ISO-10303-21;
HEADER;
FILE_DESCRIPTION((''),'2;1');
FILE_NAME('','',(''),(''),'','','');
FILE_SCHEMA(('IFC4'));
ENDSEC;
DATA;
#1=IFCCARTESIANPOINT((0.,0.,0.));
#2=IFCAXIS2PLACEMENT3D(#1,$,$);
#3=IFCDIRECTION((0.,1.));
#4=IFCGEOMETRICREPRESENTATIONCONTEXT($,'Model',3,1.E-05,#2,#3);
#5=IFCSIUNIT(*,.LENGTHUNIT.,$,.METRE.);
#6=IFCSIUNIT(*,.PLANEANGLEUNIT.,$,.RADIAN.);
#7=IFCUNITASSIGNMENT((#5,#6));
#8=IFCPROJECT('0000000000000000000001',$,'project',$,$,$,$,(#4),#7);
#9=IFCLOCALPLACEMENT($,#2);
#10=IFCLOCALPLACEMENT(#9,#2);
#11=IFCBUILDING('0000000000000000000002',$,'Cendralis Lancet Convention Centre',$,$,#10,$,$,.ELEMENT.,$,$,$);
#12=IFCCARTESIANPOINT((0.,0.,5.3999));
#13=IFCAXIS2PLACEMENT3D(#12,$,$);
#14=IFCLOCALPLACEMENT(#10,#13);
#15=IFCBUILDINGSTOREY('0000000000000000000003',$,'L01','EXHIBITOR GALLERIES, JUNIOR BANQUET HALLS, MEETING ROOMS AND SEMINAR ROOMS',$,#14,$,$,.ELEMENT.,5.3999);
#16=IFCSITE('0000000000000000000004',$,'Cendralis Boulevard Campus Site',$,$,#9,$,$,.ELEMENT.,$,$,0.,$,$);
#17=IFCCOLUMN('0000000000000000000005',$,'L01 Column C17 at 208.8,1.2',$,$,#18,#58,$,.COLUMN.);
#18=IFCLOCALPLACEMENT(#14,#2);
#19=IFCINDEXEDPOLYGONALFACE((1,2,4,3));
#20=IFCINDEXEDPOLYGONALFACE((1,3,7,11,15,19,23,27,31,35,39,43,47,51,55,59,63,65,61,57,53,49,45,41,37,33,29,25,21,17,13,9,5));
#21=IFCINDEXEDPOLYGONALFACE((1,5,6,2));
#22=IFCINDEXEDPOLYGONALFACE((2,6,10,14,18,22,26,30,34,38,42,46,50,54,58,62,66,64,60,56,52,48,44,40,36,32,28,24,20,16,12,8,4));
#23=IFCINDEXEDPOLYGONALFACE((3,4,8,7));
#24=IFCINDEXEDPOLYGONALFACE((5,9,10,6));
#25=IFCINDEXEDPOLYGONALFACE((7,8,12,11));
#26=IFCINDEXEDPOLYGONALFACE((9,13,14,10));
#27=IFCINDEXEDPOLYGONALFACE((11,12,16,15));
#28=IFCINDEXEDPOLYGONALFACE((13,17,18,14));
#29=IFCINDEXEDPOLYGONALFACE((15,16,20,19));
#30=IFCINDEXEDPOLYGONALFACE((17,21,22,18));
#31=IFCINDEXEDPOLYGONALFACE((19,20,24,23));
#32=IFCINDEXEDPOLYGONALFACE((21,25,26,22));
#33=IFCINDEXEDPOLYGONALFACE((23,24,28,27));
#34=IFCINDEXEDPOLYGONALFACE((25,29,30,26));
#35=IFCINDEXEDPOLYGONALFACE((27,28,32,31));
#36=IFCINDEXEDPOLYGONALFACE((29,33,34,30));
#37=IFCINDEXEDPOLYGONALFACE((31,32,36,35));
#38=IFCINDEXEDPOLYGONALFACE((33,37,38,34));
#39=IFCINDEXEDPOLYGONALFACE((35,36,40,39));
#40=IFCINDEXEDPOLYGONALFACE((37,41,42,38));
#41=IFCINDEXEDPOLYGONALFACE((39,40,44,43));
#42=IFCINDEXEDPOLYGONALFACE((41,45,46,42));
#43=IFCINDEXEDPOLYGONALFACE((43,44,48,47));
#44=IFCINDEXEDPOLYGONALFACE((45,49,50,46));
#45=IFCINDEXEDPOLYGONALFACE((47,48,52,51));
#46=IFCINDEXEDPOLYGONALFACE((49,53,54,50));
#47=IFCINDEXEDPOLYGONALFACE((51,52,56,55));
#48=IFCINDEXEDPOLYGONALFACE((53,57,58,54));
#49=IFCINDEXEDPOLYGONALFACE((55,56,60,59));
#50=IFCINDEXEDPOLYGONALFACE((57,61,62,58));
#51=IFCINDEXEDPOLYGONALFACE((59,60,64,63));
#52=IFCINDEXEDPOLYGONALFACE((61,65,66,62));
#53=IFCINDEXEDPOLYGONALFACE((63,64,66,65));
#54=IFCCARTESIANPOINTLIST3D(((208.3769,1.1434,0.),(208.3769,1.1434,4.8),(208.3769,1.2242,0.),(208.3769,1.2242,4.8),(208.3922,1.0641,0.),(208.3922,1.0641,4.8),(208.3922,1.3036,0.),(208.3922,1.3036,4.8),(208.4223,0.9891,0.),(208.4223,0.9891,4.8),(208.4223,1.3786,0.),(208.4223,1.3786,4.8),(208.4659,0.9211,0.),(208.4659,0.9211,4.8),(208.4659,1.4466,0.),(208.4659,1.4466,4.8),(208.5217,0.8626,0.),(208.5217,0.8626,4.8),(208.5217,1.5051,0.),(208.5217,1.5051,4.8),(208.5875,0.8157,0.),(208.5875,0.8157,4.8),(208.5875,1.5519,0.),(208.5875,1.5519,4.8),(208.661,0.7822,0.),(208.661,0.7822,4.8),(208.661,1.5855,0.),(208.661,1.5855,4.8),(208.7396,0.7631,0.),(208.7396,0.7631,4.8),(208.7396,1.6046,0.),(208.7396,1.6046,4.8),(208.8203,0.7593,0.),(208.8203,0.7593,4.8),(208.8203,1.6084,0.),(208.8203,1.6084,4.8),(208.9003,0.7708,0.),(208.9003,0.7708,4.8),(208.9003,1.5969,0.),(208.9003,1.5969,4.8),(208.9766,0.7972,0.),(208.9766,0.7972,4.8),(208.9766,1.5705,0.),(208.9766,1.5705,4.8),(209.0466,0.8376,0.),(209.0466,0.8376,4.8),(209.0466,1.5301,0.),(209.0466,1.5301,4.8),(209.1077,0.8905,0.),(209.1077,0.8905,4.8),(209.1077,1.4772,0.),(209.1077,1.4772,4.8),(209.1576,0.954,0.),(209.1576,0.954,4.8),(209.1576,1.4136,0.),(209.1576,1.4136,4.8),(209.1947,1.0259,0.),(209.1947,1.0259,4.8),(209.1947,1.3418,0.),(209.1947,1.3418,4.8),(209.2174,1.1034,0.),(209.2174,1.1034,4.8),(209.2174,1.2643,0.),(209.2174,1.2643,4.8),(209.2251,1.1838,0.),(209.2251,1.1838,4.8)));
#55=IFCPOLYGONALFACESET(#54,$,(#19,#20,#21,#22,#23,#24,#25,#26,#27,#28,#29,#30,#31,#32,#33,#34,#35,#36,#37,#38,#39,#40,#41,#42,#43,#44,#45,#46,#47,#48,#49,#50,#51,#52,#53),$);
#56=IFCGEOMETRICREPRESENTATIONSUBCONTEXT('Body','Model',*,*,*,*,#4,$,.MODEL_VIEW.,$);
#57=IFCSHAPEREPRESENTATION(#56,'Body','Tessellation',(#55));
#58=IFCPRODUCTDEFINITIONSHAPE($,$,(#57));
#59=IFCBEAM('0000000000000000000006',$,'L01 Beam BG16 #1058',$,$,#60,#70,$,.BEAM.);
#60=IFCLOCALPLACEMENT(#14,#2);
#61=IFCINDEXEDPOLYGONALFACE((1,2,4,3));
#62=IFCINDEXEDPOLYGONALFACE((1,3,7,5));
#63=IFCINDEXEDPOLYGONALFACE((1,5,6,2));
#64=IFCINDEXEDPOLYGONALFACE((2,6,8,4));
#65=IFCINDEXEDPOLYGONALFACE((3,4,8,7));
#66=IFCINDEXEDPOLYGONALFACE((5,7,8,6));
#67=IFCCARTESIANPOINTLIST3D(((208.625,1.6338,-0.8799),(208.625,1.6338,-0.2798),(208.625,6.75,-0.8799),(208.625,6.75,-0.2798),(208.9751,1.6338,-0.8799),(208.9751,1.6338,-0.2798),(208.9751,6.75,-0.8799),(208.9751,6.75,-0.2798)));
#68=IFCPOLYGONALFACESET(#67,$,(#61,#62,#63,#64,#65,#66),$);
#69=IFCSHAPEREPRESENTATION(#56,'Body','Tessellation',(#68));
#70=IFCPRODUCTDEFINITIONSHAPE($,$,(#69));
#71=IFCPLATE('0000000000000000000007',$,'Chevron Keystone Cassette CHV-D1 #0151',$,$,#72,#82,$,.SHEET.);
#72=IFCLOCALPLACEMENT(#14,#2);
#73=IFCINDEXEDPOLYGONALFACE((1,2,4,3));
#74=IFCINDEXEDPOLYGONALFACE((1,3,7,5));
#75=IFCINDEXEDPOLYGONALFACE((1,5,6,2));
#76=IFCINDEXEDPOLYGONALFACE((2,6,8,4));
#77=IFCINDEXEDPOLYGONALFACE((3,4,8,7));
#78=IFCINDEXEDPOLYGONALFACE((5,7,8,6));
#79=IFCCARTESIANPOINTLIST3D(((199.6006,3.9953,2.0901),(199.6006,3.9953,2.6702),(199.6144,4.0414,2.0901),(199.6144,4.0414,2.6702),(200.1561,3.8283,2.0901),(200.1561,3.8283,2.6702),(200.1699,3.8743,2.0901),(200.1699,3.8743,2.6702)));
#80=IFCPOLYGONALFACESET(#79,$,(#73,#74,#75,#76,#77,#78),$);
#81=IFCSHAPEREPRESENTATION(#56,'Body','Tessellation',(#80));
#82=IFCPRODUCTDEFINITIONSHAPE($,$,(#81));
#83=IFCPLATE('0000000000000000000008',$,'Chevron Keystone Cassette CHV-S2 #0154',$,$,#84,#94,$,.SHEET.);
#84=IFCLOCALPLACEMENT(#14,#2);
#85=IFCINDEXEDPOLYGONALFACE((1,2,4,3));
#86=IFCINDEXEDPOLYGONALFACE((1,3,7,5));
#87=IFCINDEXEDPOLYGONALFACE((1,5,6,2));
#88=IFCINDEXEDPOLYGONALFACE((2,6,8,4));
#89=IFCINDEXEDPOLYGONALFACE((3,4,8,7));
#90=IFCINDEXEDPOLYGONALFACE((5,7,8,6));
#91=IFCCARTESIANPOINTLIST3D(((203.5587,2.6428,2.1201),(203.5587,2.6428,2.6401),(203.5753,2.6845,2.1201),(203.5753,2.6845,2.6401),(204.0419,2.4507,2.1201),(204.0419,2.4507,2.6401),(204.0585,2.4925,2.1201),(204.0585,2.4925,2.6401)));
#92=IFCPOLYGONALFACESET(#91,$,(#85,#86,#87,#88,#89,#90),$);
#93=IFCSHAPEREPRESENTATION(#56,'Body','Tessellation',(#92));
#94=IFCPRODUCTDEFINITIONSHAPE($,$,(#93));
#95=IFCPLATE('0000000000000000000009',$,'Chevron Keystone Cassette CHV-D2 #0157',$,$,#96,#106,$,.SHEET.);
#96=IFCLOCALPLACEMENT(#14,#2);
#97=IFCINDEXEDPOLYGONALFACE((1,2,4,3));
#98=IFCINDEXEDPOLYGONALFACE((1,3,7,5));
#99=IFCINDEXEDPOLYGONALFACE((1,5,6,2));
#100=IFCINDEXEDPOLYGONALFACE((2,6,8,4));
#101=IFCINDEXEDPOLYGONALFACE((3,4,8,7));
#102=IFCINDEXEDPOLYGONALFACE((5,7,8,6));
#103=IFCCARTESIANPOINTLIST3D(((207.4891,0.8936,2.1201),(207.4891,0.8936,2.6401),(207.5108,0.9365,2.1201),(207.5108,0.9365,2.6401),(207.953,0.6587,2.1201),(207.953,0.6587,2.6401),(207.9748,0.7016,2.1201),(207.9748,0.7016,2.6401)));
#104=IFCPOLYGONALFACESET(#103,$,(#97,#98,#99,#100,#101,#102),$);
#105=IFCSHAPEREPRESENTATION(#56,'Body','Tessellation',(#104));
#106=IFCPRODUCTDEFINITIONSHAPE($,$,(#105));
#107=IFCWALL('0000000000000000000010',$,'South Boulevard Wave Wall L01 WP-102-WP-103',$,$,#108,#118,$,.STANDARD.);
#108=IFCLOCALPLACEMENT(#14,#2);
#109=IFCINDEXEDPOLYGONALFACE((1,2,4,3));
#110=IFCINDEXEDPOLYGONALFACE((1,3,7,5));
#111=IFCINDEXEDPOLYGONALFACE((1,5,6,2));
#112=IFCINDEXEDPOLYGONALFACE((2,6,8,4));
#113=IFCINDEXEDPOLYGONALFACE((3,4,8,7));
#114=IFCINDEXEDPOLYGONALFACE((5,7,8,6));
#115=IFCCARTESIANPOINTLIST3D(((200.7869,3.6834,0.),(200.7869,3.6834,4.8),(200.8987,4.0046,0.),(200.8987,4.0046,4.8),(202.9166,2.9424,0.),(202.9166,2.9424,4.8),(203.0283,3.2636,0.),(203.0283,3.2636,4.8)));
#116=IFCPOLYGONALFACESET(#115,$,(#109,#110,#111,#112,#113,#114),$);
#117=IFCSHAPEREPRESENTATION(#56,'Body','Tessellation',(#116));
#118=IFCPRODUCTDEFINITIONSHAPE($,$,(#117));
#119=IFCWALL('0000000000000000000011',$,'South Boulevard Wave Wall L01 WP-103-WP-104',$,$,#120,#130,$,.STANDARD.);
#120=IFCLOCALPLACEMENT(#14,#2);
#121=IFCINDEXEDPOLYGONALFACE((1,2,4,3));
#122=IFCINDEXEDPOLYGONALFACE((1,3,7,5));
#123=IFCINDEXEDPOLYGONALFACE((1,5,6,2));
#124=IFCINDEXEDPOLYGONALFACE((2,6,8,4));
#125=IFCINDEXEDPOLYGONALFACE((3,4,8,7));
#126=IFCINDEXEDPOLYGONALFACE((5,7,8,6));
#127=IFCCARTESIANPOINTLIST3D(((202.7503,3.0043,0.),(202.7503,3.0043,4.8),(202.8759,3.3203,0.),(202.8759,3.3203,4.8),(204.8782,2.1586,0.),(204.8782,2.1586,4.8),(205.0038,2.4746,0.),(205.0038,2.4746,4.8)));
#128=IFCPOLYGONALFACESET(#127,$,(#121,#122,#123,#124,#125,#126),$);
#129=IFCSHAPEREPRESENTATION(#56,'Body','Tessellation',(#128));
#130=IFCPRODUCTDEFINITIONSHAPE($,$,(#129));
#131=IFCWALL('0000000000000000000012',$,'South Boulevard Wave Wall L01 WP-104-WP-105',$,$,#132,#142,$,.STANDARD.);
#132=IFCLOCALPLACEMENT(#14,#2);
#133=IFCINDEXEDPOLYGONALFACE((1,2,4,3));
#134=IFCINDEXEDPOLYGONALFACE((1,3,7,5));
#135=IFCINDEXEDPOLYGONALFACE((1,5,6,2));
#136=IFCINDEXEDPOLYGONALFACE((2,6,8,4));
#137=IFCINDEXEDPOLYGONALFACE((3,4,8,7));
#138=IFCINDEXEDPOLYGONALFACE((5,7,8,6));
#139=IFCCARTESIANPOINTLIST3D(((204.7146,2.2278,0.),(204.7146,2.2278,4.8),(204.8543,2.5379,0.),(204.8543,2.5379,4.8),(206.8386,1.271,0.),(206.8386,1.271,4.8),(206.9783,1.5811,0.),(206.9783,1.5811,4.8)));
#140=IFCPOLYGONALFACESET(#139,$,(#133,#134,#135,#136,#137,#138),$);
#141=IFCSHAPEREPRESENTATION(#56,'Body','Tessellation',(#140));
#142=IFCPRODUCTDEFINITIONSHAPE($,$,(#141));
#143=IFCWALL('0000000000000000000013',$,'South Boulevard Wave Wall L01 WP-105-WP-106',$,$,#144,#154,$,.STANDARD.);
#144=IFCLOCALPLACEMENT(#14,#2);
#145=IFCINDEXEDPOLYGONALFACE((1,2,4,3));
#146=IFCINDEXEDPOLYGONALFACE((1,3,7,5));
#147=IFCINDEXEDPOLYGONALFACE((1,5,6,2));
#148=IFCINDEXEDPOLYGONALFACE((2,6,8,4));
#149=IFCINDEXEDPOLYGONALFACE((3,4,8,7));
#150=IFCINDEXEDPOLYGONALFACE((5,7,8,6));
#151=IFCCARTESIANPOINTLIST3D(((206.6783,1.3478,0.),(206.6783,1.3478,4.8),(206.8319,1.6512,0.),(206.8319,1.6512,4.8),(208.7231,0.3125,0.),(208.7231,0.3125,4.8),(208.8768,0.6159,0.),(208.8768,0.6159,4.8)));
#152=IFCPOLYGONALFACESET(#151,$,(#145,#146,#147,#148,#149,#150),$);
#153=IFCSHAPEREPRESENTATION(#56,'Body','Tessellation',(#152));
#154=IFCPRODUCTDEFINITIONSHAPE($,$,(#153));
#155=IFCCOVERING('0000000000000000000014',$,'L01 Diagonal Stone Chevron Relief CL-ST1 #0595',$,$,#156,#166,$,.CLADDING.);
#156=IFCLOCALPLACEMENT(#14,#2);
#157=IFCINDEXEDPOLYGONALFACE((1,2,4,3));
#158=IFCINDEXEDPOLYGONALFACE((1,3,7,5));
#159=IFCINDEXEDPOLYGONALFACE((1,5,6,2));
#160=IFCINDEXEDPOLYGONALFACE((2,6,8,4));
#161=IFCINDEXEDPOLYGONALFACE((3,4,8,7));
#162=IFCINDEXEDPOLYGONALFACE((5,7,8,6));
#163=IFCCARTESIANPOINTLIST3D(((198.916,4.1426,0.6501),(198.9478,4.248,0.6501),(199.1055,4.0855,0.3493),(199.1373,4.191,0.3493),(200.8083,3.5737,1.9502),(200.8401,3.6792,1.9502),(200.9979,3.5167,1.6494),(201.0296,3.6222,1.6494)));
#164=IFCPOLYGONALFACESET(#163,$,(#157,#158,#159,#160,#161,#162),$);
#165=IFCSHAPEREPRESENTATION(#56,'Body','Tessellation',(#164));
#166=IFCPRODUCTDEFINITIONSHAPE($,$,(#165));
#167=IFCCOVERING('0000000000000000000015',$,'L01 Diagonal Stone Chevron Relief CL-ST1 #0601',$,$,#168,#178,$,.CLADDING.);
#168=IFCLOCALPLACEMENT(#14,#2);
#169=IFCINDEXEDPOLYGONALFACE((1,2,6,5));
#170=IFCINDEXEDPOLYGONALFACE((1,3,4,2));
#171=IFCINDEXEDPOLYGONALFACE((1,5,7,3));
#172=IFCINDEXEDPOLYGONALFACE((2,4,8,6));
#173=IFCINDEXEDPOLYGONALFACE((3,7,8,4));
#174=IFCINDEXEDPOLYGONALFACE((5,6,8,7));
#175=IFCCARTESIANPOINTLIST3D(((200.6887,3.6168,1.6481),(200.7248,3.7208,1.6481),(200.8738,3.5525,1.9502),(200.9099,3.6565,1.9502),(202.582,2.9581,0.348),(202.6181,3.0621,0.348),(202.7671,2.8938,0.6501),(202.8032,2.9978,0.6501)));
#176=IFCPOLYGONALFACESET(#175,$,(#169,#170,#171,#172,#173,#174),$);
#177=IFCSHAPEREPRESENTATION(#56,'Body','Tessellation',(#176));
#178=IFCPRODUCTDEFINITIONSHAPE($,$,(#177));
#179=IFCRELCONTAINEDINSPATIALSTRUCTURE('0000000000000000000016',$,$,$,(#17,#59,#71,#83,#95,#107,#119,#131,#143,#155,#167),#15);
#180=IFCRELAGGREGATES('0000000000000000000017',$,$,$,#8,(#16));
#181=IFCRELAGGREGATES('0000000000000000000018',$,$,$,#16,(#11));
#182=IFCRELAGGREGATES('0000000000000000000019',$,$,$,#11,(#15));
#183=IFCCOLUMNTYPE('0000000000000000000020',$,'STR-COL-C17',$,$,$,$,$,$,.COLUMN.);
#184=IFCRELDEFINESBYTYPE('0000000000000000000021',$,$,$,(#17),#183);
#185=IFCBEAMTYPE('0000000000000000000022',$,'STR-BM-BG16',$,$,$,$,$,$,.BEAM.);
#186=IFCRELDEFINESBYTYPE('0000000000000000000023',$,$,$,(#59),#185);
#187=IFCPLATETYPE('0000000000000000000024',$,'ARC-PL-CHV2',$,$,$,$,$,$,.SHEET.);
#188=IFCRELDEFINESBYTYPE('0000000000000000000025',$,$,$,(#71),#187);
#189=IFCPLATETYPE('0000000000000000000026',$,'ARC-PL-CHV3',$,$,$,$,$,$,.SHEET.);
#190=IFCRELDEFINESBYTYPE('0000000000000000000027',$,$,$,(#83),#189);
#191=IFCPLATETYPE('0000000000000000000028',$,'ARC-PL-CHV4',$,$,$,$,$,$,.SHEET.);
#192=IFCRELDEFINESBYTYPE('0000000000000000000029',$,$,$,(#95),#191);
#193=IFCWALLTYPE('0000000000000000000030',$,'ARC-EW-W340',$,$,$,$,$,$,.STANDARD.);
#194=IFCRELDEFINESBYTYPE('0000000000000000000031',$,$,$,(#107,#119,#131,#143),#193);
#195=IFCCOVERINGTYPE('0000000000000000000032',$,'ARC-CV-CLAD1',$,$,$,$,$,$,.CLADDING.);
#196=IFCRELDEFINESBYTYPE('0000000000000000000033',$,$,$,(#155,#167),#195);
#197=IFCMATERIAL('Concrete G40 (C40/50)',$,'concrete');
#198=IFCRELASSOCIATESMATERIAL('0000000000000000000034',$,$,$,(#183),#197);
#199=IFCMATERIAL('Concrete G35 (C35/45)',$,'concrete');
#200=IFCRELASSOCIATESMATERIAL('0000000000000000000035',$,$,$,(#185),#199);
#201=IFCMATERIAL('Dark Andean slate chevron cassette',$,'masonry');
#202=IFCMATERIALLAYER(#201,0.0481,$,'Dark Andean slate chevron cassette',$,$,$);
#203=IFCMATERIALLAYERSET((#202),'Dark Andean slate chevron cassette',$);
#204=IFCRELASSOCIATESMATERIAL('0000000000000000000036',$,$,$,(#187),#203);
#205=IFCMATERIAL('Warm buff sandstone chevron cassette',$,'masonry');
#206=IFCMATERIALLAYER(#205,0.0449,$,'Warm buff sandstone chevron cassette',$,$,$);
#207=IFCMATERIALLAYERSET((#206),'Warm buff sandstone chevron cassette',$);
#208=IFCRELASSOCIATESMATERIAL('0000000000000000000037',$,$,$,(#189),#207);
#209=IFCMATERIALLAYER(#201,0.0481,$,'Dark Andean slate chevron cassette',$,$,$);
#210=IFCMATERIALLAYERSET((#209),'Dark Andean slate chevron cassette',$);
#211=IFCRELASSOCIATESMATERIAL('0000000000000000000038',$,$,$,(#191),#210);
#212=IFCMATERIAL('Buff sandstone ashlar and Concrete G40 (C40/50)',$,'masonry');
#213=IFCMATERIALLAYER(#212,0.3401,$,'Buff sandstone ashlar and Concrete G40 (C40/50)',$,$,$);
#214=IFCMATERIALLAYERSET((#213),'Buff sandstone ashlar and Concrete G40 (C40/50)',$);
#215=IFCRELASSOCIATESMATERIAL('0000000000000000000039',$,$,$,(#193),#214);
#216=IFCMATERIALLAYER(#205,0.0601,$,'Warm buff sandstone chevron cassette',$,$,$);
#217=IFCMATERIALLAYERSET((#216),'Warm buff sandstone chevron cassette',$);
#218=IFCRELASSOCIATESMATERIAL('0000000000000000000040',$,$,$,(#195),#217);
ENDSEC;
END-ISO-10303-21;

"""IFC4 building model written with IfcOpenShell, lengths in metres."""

from ifc_helpers import new_model, si_unit, direction, frame, frame_2d, origin, origin_2d, place, context, subcontext, project, spatial, polyline, rectangle, circle, outline, extrude, material, layer, layer_set, material_profile, profile_set, type_object, element, save


model = new_model("IFC4")

# Units and contexts
model_context = context("Model", 3, precision=1e-05, world=origin(), true_north=direction((0.0, 1.0)))
body_context = subcontext(model_context, "Body", "Model", "MODEL_VIEW")
ifc_project = project(units=[si_unit("LENGTHUNIT", "METRE"), si_unit("PLANEANGLEUNIT", "RADIAN")], contexts=[model_context])

# Site, building, storey
site_placement = place(None, origin())
site = spatial("IfcSite", under=ifc_project, at=site_placement, Name="Cendralis Boulevard Campus Site", CompositionType="ELEMENT", RefElevation=0.0)
building_placement = place(site_placement, origin())
building = spatial("IfcBuilding", under=site, at=building_placement, Name="Cendralis Lancet Convention Centre", CompositionType="ELEMENT")
storey_placement = place(building_placement, frame((0.0, 0.0, 5.3999)))
storey = spatial("IfcBuildingStorey", under=building, at=storey_placement, Name="L01", Description="EXHIBITOR GALLERIES, JUNIOR BANQUET HALLS, MEETING ROOMS AND SEMINAR ROOMS", CompositionType="ELEMENT", Elevation=5.3999)

# Column
ifc_material_1 = material(Name="Concrete G40 (C40/50)", Category="concrete")
ifc_material_profile_1 = material_profile(ifc_material_1, circle(Radius=0.425, at=origin_2d()), Name="RC D850")
ifc_profile_set_1 = profile_set([ifc_material_profile_1], Name="Concrete G40 (C40/50)")
column_type = type_object("IfcColumnType", Name="STR-COL-C17", PredefinedType="COLUMN", material=ifc_profile_set_1)
column_placement = place(storey_placement, frame((208.8, 1.1838, 0.0), z_axis=(0.0, 0.0, 1.0), x_axis=(1.0, 0.0, 0.0)))
element("IfcColumn", 1, at=column_placement, inside=storey, type_object=column_type, Name="L01 Column C17 at 208.8,1.2", PredefinedType="COLUMN", context=body_context, shape_type="SweptSolid", body=[
    extrude(circle(Radius=0.425, at=origin_2d()), origin(), (0.0, 0.0, 1.0), 4.8),
])

# Beam
ifc_material_2 = material(Name="Concrete G35 (C35/45)", Category="concrete")
ifc_material_profile_2 = material_profile(ifc_material_2, rectangle(XDim=0.3501, YDim=0.6001, at=origin_2d()), Name="RCB 350x600")
ifc_profile_set_2 = profile_set([ifc_material_profile_2], Name="Concrete G35 (C35/45)")
beam_type = type_object("IfcBeamType", Name="STR-BM-BG16", PredefinedType="BEAM", material=ifc_profile_set_2)
beam_placement = place(storey_placement, frame((208.8, 1.6338, -0.5798), z_axis=(0.0, 1.0, 0.0), x_axis=(-1.0, 0.0, 0.0)))
element("IfcBeam", 2, at=beam_placement, inside=storey, type_object=beam_type, Name="L01 Beam BG16 #1058", PredefinedType="BEAM", context=body_context, shape_type="SweptSolid", body=[
    extrude(rectangle(XDim=0.3501, YDim=0.6001, at=origin_2d()), origin(), (0.0, 0.0, 1.0), 5.1162),
])

# Plates
ifc_material_3 = material(Name="Dark Andean slate chevron cassette", Category="masonry")
ifc_layer_1 = layer(ifc_material_3, 0.0481, Name="Dark Andean slate chevron cassette")
ifc_layer_set_1 = layer_set([ifc_layer_1], Name="Dark Andean slate chevron cassette")
plate_type_1 = type_object("IfcPlateType", Name="ARC-PL-CHV2", PredefinedType="SHEET", material=ifc_layer_set_1)
plate_1_placement = place(storey_placement, frame((199.8853, 3.9348, 2.0901), z_axis=(0.0, 0.0, 1.0), x_axis=(0.957652, -0.287929, 0.0)))
element("IfcPlate", 3, at=plate_1_placement, inside=storey, type_object=plate_type_1, Name="Chevron Keystone Cassette CHV-D1 #0151", PredefinedType="SHEET", context=body_context, shape_type="SweptSolid", body=[
    extrude(rectangle(XDim=0.5801, YDim=0.0481, at=origin_2d()), origin(), (0.0, 0.0, 1.0), 0.5801),
])
ifc_material_4 = material(Name="Warm buff sandstone chevron cassette", Category="masonry")
ifc_layer_2 = layer(ifc_material_4, 0.0449, Name="Warm buff sandstone chevron cassette")
ifc_layer_set_2 = layer_set([ifc_layer_2], Name="Warm buff sandstone chevron cassette")
plate_type_2 = type_object("IfcPlateType", Name="ARC-PL-CHV3", PredefinedType="SHEET", material=ifc_layer_set_2)
plate_2_placement = place(storey_placement, frame((203.8086, 2.5676, 2.1201), z_axis=(0.0, 0.0, 1.0), x_axis=(0.929287, -0.369358, 0.0)))
element("IfcPlate", 4, at=plate_2_placement, inside=storey, type_object=plate_type_2, Name="Chevron Keystone Cassette CHV-S2 #0154", PredefinedType="SHEET", context=body_context, shape_type="SweptSolid", body=[
    extrude(rectangle(XDim=0.52, YDim=0.0449, at=origin_2d()), origin(), (0.0, 0.0, 1.0), 0.52),
])
ifc_layer_3 = layer(ifc_material_3, 0.0481, Name="Dark Andean slate chevron cassette")
ifc_layer_set_3 = layer_set([ifc_layer_3], Name="Dark Andean slate chevron cassette")
plate_type_3 = type_object("IfcPlateType", Name="ARC-PL-CHV4", PredefinedType="SHEET", material=ifc_layer_set_3)
plate_3_placement = place(storey_placement, frame((207.7319, 0.7976, 2.1201), z_axis=(0.0, 0.0, 1.0), x_axis=(0.892153, -0.451734, 0.0)))
element("IfcPlate", 5, at=plate_3_placement, inside=storey, type_object=plate_type_3, Name="Chevron Keystone Cassette CHV-D2 #0157", PredefinedType="SHEET", context=body_context, shape_type="SweptSolid", body=[
    extrude(rectangle(XDim=0.52, YDim=0.0481, at=origin_2d()), origin(), (0.0, 0.0, 1.0), 0.52),
])

# Walls
ifc_material_5 = material(Name="Buff sandstone ashlar and Concrete G40 (C40/50)", Category="masonry")
ifc_layer_4 = layer(ifc_material_5, 0.3401, Name="Buff sandstone ashlar and Concrete G40 (C40/50)")
ifc_layer_set_4 = layer_set([ifc_layer_4], Name="Buff sandstone ashlar and Concrete G40 (C40/50)")
wall_type = type_object("IfcWallType", Name="ARC-EW-W340", PredefinedType="STANDARD", material=ifc_layer_set_4)
wall_1_placement = place(storey_placement, frame((200.8428, 3.844, 0.0), z_axis=(0.0, 0.0, 1.0), x_axis=(0.944466, -0.328609, 0.0)))
element("IfcWall", 6, at=wall_1_placement, inside=storey, type_object=wall_type, Name="South Boulevard Wave Wall L01 WP-102-WP-103", PredefinedType="STANDARD", context=body_context, shape_type="SweptSolid", body=[
    extrude(rectangle(XDim=2.2549, YDim=0.3401, at=frame_2d((1.1274, 0.0))), origin(), (0.0, 0.0, 1.0), 4.8),
])
wall_2_placement = place(storey_placement, frame((202.813, 3.1624, 0.0), z_axis=(0.0, 0.0, 1.0), x_axis=(0.929298, -0.369331, 0.0)))
element("IfcWall", 7, at=wall_2_placement, inside=storey, type_object=wall_type, Name="South Boulevard Wave Wall L01 WP-103-WP-104", PredefinedType="STANDARD", context=body_context, shape_type="SweptSolid", body=[
    extrude(rectangle(XDim=2.2898, YDim=0.3401, at=frame_2d((1.145, 0.0))), origin(), (0.0, 0.0, 1.0), 4.8),
])
wall_3_placement = place(storey_placement, frame((204.7844, 2.3828, 0.0), z_axis=(0.0, 0.0, 1.0), x_axis=(0.911765, -0.410713, 0.0)))
element("IfcWall", 8, at=wall_3_placement, inside=storey, type_object=wall_type, Name="South Boulevard Wave Wall L01 WP-104-WP-105", PredefinedType="STANDARD", context=body_context, shape_type="SweptSolid", body=[
    extrude(rectangle(XDim=2.3296, YDim=0.3401, at=frame_2d((1.1648, 0.0))), origin(), (0.0, 0.0, 1.0), 4.8),
])
wall_4_placement = place(storey_placement, frame((206.7551, 1.4995, 0.0), z_axis=(0.0, 0.0, 1.0), x_axis=(0.892158, -0.451724, 0.0)))
element("IfcWall", 9, at=wall_4_placement, inside=storey, type_object=wall_type, Name="South Boulevard Wave Wall L01 WP-105-WP-106", PredefinedType="STANDARD", context=body_context, shape_type="SweptSolid", body=[
    extrude(rectangle(XDim=2.292, YDim=0.3401, at=frame_2d((1.146, 0.0))), origin(), (0.0, 0.0, 1.0), 4.8),
])

# Coverings
ifc_layer_5 = layer(ifc_material_4, 0.0601, Name="Warm buff sandstone chevron cassette")
ifc_layer_set_5 = layer_set([ifc_layer_5], Name="Warm buff sandstone chevron cassette")
covering_type_1 = type_object("IfcCoveringType", Name="ARC-CV-CLAD1", PredefinedType="CLADDING", material=ifc_layer_set_5)
covering_1_placement = place(storey_placement, frame((198.916, 4.1426, 0.6501), z_axis=(-0.526319, 0.158383, 0.835406), x_axis=(0.80004, -0.240497, 0.549634)))
element("IfcCovering", 10, at=covering_1_placement, inside=storey, type_object=covering_type_1, Name="L01 Diagonal Stone Chevron Relief CL-ST1 #0595", PredefinedType="CLADDING", context=body_context, shape_type="SweptSolid", body=[
    extrude(outline(polyline([(0.0, 0.0), (2.3653, 0.0), (2.3653, 0.1101), (0.0, 0.1101), (0.0, 0.0)])), origin(), (0.0, 0.0, -1.0), 0.3601),
])
covering_2_placement = place(storey_placement, frame((200.8738, 3.5525, 1.9502), z_axis=(0.513984, -0.178567, 0.839008), x_axis=(0.792421, -0.275687, -0.544119)))
element("IfcCovering", 11, at=covering_2_placement, inside=storey, type_object=covering_type_1, Name="L01 Diagonal Stone Chevron Relief CL-ST1 #0601", PredefinedType="CLADDING", context=body_context, shape_type="SweptSolid", body=[
    extrude(outline(polyline([(0.0, 0.0), (2.3893, 0.0), (2.3892, 0.1101), (0.0, 0.1101), (0.0, 0.0)])), origin(), (0.0, 0.0, -1.0), 0.3601),
])

save(model, "model.ifc")
